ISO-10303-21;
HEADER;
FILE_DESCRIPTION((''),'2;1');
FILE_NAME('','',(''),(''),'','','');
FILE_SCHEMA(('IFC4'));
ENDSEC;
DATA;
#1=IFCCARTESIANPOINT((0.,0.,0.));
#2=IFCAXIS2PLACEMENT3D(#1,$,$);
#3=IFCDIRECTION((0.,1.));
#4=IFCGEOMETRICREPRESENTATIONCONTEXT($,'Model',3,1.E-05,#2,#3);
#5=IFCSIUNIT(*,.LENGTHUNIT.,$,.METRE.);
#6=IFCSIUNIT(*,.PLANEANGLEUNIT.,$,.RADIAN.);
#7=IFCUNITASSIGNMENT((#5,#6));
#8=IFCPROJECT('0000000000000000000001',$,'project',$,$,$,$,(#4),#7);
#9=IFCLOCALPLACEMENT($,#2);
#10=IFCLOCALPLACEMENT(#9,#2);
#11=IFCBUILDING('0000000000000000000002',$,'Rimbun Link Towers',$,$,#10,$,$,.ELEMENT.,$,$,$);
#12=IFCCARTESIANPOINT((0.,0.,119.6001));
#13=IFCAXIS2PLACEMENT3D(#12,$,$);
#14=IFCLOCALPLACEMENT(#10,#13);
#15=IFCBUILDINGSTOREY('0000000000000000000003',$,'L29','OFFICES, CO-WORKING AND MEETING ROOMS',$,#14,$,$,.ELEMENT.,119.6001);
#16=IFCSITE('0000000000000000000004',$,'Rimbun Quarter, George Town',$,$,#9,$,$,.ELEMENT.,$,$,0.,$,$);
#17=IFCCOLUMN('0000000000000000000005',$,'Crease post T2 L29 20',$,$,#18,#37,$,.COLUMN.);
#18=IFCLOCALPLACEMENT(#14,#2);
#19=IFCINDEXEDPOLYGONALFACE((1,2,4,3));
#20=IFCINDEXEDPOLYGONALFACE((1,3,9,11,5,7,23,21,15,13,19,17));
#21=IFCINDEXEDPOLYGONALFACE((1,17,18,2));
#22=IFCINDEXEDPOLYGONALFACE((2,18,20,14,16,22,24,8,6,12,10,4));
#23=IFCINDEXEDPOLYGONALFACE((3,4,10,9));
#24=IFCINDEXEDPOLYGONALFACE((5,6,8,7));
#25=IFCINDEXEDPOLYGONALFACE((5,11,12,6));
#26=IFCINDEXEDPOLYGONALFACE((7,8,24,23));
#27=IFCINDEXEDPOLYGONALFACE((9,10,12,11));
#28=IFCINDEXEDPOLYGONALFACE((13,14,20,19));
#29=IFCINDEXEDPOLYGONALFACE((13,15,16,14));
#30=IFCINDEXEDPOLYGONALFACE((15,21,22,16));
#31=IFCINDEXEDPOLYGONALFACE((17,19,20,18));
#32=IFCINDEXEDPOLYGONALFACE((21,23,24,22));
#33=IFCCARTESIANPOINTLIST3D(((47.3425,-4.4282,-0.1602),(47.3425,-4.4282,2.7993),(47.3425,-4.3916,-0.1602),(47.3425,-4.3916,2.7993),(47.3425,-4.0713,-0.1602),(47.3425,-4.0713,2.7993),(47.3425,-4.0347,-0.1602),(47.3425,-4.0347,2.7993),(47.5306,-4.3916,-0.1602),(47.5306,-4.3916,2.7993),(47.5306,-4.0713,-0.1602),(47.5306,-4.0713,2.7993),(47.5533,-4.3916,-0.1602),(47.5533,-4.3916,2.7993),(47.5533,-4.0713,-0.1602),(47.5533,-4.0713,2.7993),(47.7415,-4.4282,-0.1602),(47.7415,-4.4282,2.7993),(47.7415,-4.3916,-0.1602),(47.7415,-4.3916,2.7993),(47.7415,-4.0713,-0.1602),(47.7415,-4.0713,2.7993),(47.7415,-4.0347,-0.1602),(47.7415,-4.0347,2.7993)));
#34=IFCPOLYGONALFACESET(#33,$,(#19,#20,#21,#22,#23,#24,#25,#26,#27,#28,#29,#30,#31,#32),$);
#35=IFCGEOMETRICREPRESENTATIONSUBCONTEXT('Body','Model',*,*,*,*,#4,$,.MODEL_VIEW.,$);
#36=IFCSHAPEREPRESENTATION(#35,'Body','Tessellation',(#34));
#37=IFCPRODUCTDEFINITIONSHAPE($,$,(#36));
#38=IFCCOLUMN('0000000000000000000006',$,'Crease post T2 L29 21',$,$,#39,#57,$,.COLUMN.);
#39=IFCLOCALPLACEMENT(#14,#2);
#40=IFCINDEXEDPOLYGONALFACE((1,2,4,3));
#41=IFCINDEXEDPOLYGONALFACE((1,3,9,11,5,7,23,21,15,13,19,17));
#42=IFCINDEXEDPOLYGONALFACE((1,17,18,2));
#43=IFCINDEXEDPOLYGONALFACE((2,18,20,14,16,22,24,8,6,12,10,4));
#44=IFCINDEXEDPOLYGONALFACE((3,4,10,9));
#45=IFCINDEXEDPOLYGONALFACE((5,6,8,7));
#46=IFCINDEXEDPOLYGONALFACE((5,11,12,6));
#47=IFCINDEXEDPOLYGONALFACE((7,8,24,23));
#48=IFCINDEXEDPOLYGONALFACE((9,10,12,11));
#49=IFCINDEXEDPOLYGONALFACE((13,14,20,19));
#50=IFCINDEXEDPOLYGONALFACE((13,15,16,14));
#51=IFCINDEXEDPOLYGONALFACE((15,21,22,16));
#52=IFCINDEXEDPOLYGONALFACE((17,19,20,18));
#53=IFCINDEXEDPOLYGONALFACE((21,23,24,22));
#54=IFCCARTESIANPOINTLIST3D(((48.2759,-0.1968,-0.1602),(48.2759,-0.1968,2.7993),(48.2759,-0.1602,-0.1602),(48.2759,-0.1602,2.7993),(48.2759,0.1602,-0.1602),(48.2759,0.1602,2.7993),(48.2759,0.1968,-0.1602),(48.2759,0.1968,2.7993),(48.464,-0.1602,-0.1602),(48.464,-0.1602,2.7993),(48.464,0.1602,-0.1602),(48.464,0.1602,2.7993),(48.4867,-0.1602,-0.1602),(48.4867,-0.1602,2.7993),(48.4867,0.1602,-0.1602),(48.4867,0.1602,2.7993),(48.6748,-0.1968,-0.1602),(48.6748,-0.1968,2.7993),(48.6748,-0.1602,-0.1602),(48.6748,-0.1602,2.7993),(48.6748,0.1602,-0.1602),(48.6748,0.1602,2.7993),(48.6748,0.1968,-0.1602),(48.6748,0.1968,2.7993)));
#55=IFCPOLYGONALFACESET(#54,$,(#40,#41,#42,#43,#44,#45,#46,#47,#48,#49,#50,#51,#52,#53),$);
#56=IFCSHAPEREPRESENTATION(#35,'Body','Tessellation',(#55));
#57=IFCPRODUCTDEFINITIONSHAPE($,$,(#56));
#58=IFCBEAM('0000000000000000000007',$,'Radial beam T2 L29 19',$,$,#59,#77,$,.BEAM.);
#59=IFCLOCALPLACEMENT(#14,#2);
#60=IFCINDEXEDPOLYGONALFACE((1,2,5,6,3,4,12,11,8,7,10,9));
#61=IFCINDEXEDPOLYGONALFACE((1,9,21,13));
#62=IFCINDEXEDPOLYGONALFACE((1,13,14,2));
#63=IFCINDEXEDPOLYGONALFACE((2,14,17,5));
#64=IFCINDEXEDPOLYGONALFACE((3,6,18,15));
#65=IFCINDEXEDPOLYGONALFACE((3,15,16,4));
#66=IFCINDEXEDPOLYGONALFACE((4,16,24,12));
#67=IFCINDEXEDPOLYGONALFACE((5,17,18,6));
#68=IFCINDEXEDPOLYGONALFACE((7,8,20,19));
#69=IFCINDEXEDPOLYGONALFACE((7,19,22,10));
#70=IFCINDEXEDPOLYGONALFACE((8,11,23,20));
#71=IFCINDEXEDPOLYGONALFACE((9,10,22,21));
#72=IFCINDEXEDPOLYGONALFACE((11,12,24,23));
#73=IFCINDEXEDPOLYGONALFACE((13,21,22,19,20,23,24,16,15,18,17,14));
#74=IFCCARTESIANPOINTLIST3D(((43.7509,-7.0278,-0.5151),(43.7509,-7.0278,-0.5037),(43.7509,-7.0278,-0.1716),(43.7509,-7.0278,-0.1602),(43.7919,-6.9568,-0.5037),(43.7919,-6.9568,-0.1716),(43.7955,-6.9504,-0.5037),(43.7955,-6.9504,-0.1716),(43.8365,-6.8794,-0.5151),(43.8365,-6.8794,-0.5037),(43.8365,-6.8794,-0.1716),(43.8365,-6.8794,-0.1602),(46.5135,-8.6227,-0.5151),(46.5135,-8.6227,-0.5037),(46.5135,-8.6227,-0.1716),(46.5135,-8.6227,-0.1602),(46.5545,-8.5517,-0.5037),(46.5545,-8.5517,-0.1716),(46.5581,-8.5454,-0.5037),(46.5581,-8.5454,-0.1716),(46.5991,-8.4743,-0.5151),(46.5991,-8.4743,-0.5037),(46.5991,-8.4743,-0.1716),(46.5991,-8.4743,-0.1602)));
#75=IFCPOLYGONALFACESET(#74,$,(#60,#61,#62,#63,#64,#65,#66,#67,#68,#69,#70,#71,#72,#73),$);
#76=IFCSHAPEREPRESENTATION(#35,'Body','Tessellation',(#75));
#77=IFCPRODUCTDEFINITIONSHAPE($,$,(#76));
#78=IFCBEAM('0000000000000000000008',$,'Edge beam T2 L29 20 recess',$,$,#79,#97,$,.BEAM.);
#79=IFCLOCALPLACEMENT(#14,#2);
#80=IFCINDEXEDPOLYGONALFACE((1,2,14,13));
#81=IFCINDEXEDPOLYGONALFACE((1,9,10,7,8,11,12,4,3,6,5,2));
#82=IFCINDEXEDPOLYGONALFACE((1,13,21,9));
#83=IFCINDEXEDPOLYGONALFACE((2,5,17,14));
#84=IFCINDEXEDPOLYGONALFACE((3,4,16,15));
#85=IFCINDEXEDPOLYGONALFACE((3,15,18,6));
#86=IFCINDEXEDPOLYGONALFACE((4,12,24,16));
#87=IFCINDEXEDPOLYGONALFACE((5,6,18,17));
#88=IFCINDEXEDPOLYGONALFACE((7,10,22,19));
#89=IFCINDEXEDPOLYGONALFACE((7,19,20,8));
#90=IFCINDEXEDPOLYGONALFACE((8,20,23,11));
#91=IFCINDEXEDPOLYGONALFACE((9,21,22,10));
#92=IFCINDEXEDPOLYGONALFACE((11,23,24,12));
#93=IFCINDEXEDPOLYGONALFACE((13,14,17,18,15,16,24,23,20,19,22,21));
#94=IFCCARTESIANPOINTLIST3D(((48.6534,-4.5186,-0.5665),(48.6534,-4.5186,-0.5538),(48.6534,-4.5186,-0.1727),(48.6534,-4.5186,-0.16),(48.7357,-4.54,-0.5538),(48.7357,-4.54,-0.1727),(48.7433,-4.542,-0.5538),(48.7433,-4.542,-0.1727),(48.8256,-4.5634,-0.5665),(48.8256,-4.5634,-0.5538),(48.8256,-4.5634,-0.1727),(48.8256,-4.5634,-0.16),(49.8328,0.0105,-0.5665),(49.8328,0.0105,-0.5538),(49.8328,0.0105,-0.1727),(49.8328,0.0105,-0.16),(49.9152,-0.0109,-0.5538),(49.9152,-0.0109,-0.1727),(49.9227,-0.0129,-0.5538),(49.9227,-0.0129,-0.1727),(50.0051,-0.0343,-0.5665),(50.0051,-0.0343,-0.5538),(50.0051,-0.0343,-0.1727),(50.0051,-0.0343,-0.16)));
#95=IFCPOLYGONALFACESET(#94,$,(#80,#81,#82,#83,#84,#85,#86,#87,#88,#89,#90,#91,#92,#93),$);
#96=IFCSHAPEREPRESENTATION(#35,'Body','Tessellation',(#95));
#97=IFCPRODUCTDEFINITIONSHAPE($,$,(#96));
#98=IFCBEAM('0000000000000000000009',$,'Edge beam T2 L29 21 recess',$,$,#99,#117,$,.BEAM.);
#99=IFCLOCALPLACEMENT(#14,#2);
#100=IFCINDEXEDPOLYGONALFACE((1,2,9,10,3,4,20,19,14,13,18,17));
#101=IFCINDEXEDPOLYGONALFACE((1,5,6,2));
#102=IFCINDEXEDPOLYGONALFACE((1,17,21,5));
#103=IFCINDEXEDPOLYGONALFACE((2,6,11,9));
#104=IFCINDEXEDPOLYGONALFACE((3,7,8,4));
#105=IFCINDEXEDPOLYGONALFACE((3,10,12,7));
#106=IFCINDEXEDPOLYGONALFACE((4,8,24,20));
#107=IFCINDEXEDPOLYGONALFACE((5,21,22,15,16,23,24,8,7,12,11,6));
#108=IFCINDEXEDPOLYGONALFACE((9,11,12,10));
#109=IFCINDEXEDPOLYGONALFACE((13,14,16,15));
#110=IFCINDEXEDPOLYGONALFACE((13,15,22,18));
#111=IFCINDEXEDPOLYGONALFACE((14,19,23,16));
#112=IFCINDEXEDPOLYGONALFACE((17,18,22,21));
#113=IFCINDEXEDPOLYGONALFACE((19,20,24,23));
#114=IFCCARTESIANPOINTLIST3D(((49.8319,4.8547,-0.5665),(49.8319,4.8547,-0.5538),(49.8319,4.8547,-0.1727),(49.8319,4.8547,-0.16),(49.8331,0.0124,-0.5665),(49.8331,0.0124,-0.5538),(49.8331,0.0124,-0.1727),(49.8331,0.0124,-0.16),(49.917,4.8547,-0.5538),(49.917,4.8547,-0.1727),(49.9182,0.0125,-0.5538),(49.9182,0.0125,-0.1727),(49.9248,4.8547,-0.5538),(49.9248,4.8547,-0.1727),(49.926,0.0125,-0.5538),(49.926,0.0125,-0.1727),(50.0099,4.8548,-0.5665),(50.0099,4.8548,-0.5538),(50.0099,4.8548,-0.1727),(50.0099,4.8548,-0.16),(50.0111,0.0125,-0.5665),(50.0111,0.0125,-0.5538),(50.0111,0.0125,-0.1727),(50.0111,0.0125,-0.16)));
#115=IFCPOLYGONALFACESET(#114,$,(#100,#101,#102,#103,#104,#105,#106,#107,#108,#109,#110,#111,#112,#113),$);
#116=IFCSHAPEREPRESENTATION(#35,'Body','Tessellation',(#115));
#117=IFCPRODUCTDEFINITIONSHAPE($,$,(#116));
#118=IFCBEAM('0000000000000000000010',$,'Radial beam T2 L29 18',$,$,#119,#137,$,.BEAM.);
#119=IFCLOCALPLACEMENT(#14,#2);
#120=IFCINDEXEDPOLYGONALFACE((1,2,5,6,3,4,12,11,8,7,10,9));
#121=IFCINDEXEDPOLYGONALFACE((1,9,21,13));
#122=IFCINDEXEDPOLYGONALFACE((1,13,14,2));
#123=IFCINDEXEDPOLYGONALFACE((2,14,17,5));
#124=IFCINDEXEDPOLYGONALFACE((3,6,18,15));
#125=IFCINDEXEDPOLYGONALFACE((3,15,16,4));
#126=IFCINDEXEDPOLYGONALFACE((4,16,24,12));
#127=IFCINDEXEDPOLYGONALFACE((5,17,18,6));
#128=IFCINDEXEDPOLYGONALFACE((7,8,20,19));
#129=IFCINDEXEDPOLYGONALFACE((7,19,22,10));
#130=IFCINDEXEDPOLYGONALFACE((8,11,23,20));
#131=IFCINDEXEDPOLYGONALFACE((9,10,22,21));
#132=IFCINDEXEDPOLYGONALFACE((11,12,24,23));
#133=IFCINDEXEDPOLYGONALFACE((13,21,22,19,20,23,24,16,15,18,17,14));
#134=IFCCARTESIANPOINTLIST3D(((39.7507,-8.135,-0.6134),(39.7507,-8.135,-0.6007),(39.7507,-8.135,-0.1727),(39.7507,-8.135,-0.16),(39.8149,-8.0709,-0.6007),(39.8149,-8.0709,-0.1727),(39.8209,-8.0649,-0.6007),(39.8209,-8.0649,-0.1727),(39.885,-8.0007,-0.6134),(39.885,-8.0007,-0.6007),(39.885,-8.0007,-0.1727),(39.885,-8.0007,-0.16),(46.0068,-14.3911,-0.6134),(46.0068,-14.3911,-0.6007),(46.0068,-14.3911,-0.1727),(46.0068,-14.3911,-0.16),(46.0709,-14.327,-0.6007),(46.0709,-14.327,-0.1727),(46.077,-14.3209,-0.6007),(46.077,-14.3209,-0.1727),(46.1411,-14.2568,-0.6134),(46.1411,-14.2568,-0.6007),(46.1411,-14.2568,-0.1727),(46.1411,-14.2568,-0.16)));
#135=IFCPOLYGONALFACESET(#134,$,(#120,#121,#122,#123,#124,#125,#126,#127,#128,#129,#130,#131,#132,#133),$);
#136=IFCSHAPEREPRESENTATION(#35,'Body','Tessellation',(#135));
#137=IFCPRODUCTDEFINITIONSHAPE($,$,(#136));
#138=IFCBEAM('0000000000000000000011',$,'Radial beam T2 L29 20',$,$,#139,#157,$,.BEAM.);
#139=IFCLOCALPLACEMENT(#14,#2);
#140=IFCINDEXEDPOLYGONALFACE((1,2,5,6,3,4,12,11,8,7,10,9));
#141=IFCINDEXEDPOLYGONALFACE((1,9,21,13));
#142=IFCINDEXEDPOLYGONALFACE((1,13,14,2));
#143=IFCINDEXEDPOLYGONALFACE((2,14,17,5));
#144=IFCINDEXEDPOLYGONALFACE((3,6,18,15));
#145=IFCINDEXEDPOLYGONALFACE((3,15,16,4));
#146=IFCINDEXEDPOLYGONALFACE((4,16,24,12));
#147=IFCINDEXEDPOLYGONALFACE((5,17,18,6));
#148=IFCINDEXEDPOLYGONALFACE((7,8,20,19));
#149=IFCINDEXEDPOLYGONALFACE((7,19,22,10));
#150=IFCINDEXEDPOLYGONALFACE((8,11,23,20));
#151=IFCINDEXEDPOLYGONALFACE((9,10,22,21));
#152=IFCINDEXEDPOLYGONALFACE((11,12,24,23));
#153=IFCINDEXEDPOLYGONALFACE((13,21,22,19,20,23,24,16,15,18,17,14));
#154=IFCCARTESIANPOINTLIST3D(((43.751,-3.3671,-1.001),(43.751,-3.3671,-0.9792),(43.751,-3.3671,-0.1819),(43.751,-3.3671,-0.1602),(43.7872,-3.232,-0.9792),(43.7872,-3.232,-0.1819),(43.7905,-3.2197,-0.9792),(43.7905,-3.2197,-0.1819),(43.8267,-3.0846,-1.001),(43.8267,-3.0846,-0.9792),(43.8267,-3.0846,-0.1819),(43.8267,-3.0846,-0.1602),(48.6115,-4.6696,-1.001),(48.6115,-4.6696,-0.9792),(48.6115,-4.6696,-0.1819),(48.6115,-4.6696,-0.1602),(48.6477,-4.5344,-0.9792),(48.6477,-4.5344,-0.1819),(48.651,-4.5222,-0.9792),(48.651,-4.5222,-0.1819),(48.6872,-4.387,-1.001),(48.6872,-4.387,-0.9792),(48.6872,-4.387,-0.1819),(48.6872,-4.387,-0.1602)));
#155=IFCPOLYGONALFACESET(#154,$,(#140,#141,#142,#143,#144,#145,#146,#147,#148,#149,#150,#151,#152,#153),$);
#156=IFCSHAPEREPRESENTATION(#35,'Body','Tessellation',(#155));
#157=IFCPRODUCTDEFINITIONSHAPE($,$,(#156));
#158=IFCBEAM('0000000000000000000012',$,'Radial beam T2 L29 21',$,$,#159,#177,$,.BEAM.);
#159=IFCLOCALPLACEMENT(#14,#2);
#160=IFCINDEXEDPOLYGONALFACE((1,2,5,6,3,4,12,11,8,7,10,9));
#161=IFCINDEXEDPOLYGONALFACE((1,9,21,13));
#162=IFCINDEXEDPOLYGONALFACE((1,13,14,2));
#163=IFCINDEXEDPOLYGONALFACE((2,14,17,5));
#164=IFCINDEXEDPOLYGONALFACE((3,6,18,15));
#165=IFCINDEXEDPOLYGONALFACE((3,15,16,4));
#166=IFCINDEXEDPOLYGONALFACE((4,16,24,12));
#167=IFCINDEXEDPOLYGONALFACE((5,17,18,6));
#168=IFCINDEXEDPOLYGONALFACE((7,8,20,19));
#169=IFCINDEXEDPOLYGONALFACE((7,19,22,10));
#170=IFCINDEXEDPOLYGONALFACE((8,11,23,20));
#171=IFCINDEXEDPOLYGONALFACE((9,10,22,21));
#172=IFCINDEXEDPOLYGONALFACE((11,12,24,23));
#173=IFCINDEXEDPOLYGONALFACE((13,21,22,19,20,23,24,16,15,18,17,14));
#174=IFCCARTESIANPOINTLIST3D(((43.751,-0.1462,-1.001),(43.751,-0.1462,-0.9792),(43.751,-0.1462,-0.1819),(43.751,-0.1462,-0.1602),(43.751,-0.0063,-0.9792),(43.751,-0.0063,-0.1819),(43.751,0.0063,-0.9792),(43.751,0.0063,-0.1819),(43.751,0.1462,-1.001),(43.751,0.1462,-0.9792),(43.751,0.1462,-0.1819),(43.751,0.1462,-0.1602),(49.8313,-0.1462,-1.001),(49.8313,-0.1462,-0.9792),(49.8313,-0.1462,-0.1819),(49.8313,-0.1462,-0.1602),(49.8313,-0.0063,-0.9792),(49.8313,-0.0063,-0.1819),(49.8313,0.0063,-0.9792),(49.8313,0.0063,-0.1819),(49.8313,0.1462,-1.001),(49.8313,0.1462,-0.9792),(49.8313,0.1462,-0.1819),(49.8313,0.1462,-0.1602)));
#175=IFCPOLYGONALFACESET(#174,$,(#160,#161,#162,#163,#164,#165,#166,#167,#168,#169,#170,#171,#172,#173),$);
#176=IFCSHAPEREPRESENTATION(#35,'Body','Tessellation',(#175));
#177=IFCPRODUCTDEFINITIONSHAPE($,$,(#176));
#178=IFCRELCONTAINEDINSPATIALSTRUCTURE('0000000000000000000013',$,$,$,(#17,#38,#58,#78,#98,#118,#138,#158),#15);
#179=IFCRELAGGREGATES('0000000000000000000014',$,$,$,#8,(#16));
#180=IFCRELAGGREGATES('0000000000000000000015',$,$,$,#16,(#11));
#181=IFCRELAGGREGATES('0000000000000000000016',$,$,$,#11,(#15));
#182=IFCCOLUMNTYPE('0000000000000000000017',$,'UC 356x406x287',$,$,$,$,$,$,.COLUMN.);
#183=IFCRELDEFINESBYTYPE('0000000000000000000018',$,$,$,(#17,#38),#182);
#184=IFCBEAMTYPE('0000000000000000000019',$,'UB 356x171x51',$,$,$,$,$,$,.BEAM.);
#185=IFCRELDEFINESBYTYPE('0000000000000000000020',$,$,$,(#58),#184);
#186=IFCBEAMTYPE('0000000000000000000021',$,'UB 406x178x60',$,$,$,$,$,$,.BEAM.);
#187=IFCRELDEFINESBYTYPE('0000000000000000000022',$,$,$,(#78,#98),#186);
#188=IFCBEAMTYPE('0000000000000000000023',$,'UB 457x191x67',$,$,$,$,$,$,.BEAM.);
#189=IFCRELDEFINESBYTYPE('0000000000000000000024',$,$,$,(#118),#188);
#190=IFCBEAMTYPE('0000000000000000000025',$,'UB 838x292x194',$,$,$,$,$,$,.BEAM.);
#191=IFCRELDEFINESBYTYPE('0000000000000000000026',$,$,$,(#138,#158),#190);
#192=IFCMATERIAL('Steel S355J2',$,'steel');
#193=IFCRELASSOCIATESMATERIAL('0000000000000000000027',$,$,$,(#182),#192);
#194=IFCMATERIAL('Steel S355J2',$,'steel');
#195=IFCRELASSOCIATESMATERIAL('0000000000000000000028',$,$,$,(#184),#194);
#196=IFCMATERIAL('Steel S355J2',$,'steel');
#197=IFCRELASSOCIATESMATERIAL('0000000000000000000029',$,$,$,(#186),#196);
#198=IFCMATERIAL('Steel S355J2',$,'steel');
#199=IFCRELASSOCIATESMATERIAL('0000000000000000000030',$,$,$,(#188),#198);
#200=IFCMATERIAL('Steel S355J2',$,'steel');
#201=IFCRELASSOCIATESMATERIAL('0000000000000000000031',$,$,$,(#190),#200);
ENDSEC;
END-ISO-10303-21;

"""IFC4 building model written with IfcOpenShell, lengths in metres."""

from ifc_helpers import new_model, si_unit, direction, frame, origin, origin_2d, place, context, subcontext, project, spatial, i_section, extrude, material, material_profile, profile_set, type_object, element, save


model = new_model("IFC4")

# Units and contexts
model_context = context("Model", 3, precision=1e-05, world=origin(), true_north=direction((0.0, 1.0)))
body_context = subcontext(model_context, "Body", "Model", "MODEL_VIEW")
ifc_project = project(units=[si_unit("LENGTHUNIT", "METRE"), si_unit("PLANEANGLEUNIT", "RADIAN")], contexts=[model_context])

# Site, building, storey
site_placement = place(None, origin())
site = spatial("IfcSite", under=ifc_project, at=site_placement, Name="Rimbun Quarter, George Town", CompositionType="ELEMENT", RefElevation=0.0)
building_placement = place(site_placement, origin())
building = spatial("IfcBuilding", under=site, at=building_placement, Name="Rimbun Link Towers", CompositionType="ELEMENT")
storey_placement = place(building_placement, frame((0.0, 0.0, 119.6001)))
storey = spatial("IfcBuildingStorey", under=building, at=storey_placement, Name="L29", Description="OFFICES, CO-WORKING AND MEETING ROOMS", CompositionType="ELEMENT", Elevation=119.6001)

# Columns
ifc_material_1 = material(Name="Steel S355J2", Category="steel")
ifc_material_profile_1 = material_profile(ifc_material_1, i_section(OverallWidth=0.3989, OverallDepth=0.3936, WebThickness=0.0227, FlangeThickness=0.0366, at=origin_2d()), Name="UC 356x406x287")
ifc_profile_set_1 = profile_set([ifc_material_profile_1], Name="Steel S355J2")
column_type = type_object("IfcColumnType", Name="UC 356x406x287", PredefinedType="COLUMN", material=ifc_profile_set_1)
for number, where, z_axis, x_axis, name in (
    (1, (47.542, -4.2314, -0.1602), (0.0, 0.0, 1.0), (1.0, 0.0, 0.0), "Crease post T2 L29 20"),
    (2, (48.4753, 0.0, -0.1602), (0.0, 0.0, 1.0), (1.0, 0.0, 0.0), "Crease post T2 L29 21"),
):
    element("IfcColumn", number, at=place(storey_placement, frame(where, z_axis=z_axis, x_axis=x_axis)), inside=storey, type_object=column_type, Name=name, PredefinedType="COLUMN", context=body_context, shape_type="SweptSolid", body=[
        extrude(i_section(OverallWidth=0.3989, OverallDepth=0.3936, WebThickness=0.0227, FlangeThickness=0.0366, at=origin_2d()), origin(), (0.0, 0.0, 1.0), 2.9595),
    ])

# Beams
ifc_material_2 = material(Name="Steel S355J2", Category="steel")
ifc_material_profile_2 = material_profile(ifc_material_2, i_section(OverallWidth=0.1714, OverallDepth=0.355, WebThickness=0.0073, FlangeThickness=0.0115, at=origin_2d()), Name="UB 356x171x51")
ifc_profile_set_2 = profile_set([ifc_material_profile_2], Name="Steel S355J2")
beam_type_1 = type_object("IfcBeamType", Name="UB 356x171x51", PredefinedType="BEAM", material=ifc_profile_set_2)
beam_1_placement = place(storey_placement, frame((43.7937, -6.9536, -0.3376), z_axis=(0.866035, -0.499983, 0.0), x_axis=(0.499983, 0.866035, 0.0)))
element("IfcBeam", 3, at=beam_1_placement, inside=storey, type_object=beam_type_1, Name="Radial beam T2 L29 19", PredefinedType="BEAM", context=body_context, shape_type="SweptSolid", body=[
    extrude(i_section(OverallWidth=0.1714, OverallDepth=0.355, WebThickness=0.0073, FlangeThickness=0.0115, at=origin_2d()), origin(), (0.0, 0.0, 1.0), 3.1899),
])
ifc_material_3 = material(Name="Steel S355J2", Category="steel")
ifc_material_profile_3 = material_profile(ifc_material_3, i_section(OverallWidth=0.178, OverallDepth=0.4065, WebThickness=0.0078, FlangeThickness=0.0127, at=origin_2d()), Name="UB 406x178x60")
ifc_profile_set_3 = profile_set([ifc_material_profile_3], Name="Steel S355J2")
beam_type_2 = type_object("IfcBeamType", Name="UB 406x178x60", PredefinedType="BEAM", material=ifc_profile_set_3)
beam_2_placement = place(storey_placement, frame((48.7395, -4.541, -0.3633), z_axis=(0.252012, 0.967724, 0.0), x_axis=(-0.967724, 0.252012, 0.0)))
element("IfcBeam", 4, at=beam_2_placement, inside=storey, type_object=beam_type_2, Name="Edge beam T2 L29 20 recess", PredefinedType="BEAM", context=body_context, shape_type="SweptSolid", body=[
    extrude(i_section(OverallWidth=0.178, OverallDepth=0.4065, WebThickness=0.0078, FlangeThickness=0.0127, at=origin_2d()), origin(), (0.0, 0.0, 1.0), 4.6802),
])
beam_3_placement = place(storey_placement, frame((49.9221, 0.0125, -0.3633), z_axis=(-0.000252, 1.0, 0.0), x_axis=(-1.0, -0.000252, 0.0)))
element("IfcBeam", 5, at=beam_3_placement, inside=storey, type_object=beam_type_2, Name="Edge beam T2 L29 21 recess", PredefinedType="BEAM", context=body_context, shape_type="SweptSolid", body=[
    extrude(i_section(OverallWidth=0.178, OverallDepth=0.4065, WebThickness=0.0078, FlangeThickness=0.0127, at=origin_2d()), origin(), (0.0, 0.0, 1.0), 4.8423),
])
ifc_material_4 = material(Name="Steel S355J2", Category="steel")
ifc_material_profile_4 = material_profile(ifc_material_4, i_section(OverallWidth=0.1899, OverallDepth=0.4534, WebThickness=0.0085, FlangeThickness=0.0127, at=origin_2d()), Name="UB 457x191x67")
ifc_profile_set_4 = profile_set([ifc_material_profile_4], Name="Steel S355J2")
beam_type_3 = type_object("IfcBeamType", Name="UB 457x191x67", PredefinedType="BEAM", material=ifc_profile_set_4)
beam_4_placement = place(storey_placement, frame((39.8179, -8.0679, -0.3867), z_axis=(0.707107, -0.707107, 0.0), x_axis=(0.707107, 0.707107, 0.0)))
element("IfcBeam", 6, at=beam_4_placement, inside=storey, type_object=beam_type_3, Name="Radial beam T2 L29 18", PredefinedType="BEAM", context=body_context, shape_type="SweptSolid", body=[
    extrude(i_section(OverallWidth=0.1899, OverallDepth=0.4534, WebThickness=0.0085, FlangeThickness=0.0127, at=origin_2d()), origin(), (0.0, 0.0, 1.0), 8.8474),
])
ifc_material_5 = material(Name="Steel S355J2", Category="steel")
ifc_material_profile_5 = material_profile(ifc_material_5, i_section(OverallWidth=0.2925, OverallDepth=0.8408, WebThickness=0.0127, FlangeThickness=0.0217, at=origin_2d()), Name="UB 838x292x194")
ifc_profile_set_5 = profile_set([ifc_material_profile_5], Name="Steel S355J2")
beam_type_4 = type_object("IfcBeamType", Name="UB 838x292x194", PredefinedType="BEAM", material=ifc_profile_set_5)
beam_5_placement = place(storey_placement, frame((43.7888, -3.2258, -0.5806), z_axis=(0.965921, -0.258837, 0.0), x_axis=(0.258837, 0.965921, 0.0)))
element("IfcBeam", 7, at=beam_5_placement, inside=storey, type_object=beam_type_4, Name="Radial beam T2 L29 20", PredefinedType="BEAM", context=body_context, shape_type="SweptSolid", body=[
    extrude(i_section(OverallWidth=0.2925, OverallDepth=0.8408, WebThickness=0.0127, FlangeThickness=0.0217, at=origin_2d()), origin(), (0.0, 0.0, 1.0), 5.032),
])
beam_6_placement = place(storey_placement, frame((43.751, 0.0, -0.5806), z_axis=(1.0, 0.0, 0.0), x_axis=(0.0, 1.0, 0.0)))
element("IfcBeam", 8, at=beam_6_placement, inside=storey, type_object=beam_type_4, Name="Radial beam T2 L29 21", PredefinedType="BEAM", context=body_context, shape_type="SweptSolid", body=[
    extrude(i_section(OverallWidth=0.2925, OverallDepth=0.8408, WebThickness=0.0127, FlangeThickness=0.0217, at=origin_2d()), origin(), (0.0, 0.0, 1.0), 6.0803),
])

save(model, "model.ifc")
